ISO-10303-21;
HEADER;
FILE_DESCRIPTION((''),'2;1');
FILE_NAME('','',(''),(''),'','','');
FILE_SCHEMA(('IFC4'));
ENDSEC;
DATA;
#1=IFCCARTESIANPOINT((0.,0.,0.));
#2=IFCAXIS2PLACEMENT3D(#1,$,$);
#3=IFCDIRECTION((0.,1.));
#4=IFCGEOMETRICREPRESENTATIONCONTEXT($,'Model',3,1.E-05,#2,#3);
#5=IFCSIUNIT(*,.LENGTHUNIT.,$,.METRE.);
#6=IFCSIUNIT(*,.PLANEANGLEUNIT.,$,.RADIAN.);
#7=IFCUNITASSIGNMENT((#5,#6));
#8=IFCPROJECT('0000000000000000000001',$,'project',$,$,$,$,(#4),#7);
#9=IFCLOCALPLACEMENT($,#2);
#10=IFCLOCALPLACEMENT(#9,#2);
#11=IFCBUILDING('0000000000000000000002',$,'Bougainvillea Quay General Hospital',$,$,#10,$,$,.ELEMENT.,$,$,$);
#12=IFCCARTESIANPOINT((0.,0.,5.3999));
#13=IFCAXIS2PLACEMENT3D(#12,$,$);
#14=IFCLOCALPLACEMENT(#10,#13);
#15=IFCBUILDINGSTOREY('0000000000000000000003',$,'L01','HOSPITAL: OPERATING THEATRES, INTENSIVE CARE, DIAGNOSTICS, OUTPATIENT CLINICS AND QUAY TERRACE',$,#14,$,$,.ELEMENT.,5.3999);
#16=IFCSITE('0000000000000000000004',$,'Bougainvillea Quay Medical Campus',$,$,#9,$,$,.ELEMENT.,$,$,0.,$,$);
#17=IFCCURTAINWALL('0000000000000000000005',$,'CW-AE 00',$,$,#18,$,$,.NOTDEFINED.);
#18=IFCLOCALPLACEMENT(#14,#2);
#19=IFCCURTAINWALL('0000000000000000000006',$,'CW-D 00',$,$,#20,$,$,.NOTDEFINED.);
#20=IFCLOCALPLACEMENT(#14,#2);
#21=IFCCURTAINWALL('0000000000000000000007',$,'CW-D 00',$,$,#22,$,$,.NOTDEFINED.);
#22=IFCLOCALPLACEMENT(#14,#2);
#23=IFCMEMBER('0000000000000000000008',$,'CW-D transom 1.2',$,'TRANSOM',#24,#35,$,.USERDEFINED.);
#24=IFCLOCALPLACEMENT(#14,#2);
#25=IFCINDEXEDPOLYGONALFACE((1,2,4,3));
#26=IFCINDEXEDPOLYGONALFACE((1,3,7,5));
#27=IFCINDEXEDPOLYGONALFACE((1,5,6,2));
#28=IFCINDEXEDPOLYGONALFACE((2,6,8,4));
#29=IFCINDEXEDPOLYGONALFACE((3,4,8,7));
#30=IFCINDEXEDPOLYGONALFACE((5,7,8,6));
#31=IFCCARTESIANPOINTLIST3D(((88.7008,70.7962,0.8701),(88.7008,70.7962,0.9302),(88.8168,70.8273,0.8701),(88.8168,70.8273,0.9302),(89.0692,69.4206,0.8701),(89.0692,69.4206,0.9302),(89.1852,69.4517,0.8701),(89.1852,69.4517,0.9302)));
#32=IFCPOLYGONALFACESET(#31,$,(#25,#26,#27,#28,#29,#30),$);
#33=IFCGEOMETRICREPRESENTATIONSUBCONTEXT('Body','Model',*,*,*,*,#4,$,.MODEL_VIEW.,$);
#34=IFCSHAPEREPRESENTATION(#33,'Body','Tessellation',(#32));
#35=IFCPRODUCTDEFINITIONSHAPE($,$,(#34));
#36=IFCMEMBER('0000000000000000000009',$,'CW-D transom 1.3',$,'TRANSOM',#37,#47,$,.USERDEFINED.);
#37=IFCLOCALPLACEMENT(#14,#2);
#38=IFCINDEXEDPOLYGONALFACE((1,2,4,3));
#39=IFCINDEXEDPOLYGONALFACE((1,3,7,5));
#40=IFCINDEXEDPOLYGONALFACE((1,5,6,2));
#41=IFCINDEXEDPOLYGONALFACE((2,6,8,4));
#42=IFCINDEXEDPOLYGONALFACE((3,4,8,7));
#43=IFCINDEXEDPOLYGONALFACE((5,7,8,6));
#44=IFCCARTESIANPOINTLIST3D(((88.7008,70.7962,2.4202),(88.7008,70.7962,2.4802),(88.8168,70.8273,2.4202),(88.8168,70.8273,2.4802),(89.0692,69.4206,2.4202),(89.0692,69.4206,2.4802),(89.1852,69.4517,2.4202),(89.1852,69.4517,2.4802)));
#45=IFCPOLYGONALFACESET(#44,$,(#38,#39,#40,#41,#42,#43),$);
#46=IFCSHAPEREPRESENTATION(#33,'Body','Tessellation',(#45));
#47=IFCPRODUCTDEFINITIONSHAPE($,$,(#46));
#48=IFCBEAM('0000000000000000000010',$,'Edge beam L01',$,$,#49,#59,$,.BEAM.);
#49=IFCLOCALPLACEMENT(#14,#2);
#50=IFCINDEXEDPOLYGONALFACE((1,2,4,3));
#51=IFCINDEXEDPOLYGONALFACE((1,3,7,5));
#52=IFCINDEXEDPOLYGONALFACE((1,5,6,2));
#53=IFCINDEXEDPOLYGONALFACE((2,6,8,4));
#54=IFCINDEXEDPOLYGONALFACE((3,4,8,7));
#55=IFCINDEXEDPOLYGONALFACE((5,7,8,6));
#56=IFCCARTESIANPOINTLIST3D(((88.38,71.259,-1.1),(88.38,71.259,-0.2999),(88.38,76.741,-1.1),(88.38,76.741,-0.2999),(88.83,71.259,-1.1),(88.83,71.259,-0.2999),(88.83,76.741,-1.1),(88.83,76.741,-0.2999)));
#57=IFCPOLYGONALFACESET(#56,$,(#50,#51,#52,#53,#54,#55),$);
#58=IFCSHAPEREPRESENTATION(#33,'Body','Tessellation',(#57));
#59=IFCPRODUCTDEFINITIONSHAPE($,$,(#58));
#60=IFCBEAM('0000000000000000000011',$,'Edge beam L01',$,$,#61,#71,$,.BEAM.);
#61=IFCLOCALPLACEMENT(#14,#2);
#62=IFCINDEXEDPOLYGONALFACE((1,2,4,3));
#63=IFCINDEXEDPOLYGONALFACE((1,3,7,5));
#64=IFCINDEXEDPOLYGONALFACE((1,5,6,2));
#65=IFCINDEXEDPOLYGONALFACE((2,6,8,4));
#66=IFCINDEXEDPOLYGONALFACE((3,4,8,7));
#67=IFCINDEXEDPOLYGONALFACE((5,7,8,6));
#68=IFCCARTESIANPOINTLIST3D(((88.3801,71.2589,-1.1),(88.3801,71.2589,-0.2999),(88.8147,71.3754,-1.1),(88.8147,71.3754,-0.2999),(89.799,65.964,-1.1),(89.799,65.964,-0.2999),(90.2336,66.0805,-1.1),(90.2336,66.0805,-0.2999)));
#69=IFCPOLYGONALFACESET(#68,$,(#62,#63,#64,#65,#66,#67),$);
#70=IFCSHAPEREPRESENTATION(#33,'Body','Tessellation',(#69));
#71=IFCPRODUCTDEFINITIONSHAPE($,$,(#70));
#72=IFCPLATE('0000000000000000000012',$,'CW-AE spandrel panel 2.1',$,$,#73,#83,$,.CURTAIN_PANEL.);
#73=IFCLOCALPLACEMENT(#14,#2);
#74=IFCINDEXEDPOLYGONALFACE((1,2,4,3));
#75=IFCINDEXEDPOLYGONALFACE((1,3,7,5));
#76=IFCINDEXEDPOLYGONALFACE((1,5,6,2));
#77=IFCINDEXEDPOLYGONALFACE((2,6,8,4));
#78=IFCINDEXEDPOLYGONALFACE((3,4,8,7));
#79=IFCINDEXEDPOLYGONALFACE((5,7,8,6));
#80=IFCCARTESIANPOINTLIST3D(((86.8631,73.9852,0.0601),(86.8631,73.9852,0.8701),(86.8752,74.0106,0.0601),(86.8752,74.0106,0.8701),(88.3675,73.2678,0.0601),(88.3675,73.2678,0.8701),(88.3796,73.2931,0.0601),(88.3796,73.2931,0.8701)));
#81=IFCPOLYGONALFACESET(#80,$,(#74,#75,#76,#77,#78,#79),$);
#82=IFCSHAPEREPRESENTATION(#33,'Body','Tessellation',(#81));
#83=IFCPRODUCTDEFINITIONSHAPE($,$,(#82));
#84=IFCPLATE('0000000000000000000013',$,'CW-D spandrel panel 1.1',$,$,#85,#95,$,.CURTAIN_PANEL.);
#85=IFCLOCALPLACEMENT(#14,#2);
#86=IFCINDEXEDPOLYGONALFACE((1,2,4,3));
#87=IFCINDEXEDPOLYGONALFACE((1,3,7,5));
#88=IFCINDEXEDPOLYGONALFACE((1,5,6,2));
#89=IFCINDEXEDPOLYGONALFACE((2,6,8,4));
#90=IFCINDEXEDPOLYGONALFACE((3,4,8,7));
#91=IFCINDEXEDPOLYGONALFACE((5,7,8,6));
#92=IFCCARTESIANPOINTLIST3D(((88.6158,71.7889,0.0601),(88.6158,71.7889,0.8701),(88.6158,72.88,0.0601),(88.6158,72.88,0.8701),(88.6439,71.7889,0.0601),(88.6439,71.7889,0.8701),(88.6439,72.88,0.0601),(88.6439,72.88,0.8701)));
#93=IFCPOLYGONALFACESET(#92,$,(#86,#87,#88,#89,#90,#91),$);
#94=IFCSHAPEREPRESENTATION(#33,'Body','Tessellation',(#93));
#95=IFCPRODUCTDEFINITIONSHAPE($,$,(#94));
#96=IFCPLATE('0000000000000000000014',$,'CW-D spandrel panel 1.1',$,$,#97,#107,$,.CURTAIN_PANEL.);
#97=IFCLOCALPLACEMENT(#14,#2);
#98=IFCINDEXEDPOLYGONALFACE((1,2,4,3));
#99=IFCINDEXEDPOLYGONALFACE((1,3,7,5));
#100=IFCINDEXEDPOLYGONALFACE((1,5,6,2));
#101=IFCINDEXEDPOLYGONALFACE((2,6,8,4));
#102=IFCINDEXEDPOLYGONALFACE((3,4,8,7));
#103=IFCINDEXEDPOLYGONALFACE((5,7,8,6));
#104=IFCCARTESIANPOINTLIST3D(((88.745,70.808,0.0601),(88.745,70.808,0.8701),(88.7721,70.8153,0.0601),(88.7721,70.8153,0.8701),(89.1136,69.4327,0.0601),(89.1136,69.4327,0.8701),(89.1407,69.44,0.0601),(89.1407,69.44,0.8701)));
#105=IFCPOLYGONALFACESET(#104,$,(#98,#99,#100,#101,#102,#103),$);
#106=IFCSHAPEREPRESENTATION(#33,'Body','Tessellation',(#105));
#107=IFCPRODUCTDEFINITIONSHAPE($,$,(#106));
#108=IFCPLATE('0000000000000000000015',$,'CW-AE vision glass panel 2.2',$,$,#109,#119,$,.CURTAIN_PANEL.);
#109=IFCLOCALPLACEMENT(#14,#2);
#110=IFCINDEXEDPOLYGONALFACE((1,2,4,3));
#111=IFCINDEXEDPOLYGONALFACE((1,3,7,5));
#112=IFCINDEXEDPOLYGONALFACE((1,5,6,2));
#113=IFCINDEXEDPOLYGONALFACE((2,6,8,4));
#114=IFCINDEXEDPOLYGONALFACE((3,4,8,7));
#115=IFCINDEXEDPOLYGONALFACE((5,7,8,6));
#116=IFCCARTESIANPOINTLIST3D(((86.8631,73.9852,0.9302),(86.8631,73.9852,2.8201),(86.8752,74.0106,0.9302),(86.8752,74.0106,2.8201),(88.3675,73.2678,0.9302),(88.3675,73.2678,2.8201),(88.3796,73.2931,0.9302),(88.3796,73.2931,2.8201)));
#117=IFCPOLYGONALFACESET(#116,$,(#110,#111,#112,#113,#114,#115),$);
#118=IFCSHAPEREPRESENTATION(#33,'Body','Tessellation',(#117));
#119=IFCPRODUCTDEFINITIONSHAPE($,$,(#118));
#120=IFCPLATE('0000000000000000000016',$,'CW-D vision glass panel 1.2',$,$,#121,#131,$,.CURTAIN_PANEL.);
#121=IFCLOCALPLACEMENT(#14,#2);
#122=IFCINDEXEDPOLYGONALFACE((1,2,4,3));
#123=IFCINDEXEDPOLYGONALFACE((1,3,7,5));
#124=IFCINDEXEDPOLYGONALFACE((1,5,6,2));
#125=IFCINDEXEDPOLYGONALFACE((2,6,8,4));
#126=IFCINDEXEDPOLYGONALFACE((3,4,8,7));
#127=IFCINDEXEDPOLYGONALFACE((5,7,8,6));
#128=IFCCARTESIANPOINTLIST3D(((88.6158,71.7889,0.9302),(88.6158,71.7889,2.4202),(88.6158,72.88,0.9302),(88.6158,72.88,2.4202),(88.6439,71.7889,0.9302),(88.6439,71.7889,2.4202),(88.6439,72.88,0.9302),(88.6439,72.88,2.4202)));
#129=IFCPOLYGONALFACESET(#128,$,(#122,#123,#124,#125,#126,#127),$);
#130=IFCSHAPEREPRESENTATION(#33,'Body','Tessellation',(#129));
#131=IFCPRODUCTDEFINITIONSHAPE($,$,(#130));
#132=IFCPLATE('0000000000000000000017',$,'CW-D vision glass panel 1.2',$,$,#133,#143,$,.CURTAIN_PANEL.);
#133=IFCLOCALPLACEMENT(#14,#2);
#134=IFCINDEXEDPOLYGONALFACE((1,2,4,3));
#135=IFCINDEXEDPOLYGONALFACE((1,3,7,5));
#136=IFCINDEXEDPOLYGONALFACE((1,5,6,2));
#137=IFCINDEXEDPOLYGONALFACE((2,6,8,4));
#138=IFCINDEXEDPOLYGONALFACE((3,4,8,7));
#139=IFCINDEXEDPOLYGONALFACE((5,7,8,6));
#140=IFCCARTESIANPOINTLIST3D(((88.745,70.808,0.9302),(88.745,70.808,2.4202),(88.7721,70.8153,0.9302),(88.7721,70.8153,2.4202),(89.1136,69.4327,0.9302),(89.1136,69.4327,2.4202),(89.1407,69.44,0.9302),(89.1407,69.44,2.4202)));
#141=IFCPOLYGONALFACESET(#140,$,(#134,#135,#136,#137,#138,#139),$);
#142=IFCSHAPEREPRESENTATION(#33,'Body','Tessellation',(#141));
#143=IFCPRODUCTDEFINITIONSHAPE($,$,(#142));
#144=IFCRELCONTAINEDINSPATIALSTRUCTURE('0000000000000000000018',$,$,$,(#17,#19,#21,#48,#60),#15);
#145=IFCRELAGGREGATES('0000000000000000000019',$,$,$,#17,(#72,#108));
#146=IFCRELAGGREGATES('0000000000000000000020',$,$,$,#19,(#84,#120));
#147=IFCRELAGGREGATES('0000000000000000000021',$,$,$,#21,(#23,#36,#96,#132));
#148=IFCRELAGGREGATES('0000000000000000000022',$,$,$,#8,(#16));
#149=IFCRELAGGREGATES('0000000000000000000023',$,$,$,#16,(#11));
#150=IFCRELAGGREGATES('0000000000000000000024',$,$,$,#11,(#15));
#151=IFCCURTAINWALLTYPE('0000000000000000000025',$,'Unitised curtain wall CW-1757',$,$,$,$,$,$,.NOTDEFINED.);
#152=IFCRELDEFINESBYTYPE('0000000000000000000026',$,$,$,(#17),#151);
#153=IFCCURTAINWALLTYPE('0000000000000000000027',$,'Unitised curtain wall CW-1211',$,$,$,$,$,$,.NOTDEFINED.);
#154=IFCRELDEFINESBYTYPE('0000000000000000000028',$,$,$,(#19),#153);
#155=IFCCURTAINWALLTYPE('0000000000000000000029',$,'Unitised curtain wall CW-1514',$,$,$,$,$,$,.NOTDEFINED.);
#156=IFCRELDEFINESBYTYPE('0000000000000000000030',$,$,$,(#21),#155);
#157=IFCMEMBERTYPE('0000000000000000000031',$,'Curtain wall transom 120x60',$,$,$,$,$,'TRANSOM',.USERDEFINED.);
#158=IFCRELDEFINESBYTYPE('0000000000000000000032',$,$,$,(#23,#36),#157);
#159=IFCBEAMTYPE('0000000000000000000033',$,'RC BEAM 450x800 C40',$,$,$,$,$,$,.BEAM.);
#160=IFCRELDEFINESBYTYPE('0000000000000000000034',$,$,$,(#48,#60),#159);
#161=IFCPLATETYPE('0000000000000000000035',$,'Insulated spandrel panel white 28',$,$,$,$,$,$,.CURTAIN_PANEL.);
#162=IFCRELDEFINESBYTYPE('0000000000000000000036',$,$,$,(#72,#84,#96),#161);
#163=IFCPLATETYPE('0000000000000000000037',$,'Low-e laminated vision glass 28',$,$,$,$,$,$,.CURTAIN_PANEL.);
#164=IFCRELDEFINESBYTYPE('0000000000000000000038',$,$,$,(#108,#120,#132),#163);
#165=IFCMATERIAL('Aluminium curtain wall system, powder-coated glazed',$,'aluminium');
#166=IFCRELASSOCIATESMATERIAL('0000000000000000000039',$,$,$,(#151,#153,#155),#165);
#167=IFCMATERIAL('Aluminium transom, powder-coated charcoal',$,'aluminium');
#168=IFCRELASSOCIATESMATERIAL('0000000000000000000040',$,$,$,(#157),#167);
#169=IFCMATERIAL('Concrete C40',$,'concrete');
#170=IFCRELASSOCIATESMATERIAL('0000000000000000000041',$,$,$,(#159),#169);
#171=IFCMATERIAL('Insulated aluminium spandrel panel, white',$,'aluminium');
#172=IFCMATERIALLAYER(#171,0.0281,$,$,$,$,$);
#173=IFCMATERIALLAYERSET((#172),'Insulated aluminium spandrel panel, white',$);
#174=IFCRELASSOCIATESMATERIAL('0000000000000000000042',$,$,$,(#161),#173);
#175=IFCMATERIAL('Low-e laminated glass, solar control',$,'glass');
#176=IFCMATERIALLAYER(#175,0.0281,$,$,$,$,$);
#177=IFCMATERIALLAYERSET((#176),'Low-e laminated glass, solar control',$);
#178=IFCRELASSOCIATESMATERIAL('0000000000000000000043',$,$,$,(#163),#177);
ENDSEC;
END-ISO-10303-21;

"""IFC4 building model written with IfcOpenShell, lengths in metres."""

from ifc_helpers import new_model, si_unit, direction, frame, origin, origin_2d, place, context, subcontext, project, spatial, rectangle, extrude, material, layer, layer_set, material_profile, profile_set, type_object, element, aggregate, save


model = new_model("IFC4")

# Units and contexts
model_context = context("Model", 3, precision=1e-05, world=origin(), true_north=direction((0.0, 1.0)))
body_context = subcontext(model_context, "Body", "Model", "MODEL_VIEW")
ifc_project = project(units=[si_unit("LENGTHUNIT", "METRE"), si_unit("PLANEANGLEUNIT", "RADIAN")], contexts=[model_context])

# Site, building, storey
site_placement = place(None, origin())
site = spatial("IfcSite", under=ifc_project, at=site_placement, Name="Bougainvillea Quay Medical Campus", CompositionType="ELEMENT", RefElevation=0.0)
building_placement = place(site_placement, origin())
building = spatial("IfcBuilding", under=site, at=building_placement, Name="Bougainvillea Quay General Hospital", CompositionType="ELEMENT")
storey_placement = place(building_placement, frame((0.0, 0.0, 5.3999)))
storey = spatial("IfcBuildingStorey", under=building, at=storey_placement, Name="L01", Description="HOSPITAL: OPERATING THEATRES, INTENSIVE CARE, DIAGNOSTICS, OUTPATIENT CLINICS AND QUAY TERRACE", CompositionType="ELEMENT", Elevation=5.3999)

# Curtain wall
ifc_material_1 = material(Name="Aluminium curtain wall system, powder-coated glazed", Category="aluminium")
curtain_wall_type_1 = type_object("IfcCurtainWallType", Name="Unitised curtain wall CW-1757", PredefinedType="NOTDEFINED", material=ifc_material_1)
curtain_wall_1_placement = place(storey_placement, origin())
curtain_wall_1 = element("IfcCurtainWall", 1, at=curtain_wall_1_placement, inside=storey, type_object=curtain_wall_type_1, Name="CW-AE 00", PredefinedType="NOTDEFINED")

# Curtain wall
curtain_wall_type_2 = type_object("IfcCurtainWallType", Name="Unitised curtain wall CW-1211", PredefinedType="NOTDEFINED", material=ifc_material_1)
curtain_wall_2_placement = place(storey_placement, origin())
curtain_wall_2 = element("IfcCurtainWall", 2, at=curtain_wall_2_placement, inside=storey, type_object=curtain_wall_type_2, Name="CW-D 00", PredefinedType="NOTDEFINED")

# Curtain wall
curtain_wall_type_3 = type_object("IfcCurtainWallType", Name="Unitised curtain wall CW-1514", PredefinedType="NOTDEFINED", material=ifc_material_1)
curtain_wall_3_placement = place(storey_placement, origin())
curtain_wall_3 = element("IfcCurtainWall", 3, at=curtain_wall_3_placement, inside=storey, type_object=curtain_wall_type_3, Name="CW-D 00", PredefinedType="NOTDEFINED")

# Members
ifc_material_2 = material(Name="Aluminium transom, powder-coated charcoal", Category="aluminium")
ifc_material_profile_1 = material_profile(ifc_material_2, rectangle(XDim=0.1201, YDim=0.0601, at=origin_2d()))
ifc_profile_set_1 = profile_set([ifc_material_profile_1], Name="Aluminium transom, powder-coated charcoal")
member_type_1 = type_object("IfcMemberType", Name="Curtain wall transom 120x60", ElementType="TRANSOM", PredefinedType="USERDEFINED", material=ifc_profile_set_1)
member_1_placement = place(storey_placement, frame((88.7588, 70.8118, 0.9001), z_axis=(0.258719, -0.965953, 0.0), x_axis=(0.965953, 0.258719, 0.0)))
member_1 = element("IfcMember", 4, at=member_1_placement, type_object=member_type_1, Name="CW-D transom 1.2", ObjectType="TRANSOM", PredefinedType="USERDEFINED", context=body_context, shape_type="SweptSolid", body=[
    extrude(rectangle(XDim=0.1201, YDim=0.0601, at=origin_2d()), origin(), (0.0, 0.0, 1.0), 1.4241),
])
member_2_placement = place(storey_placement, frame((88.7588, 70.8118, 2.4502), z_axis=(0.258719, -0.965953, 0.0), x_axis=(0.965953, 0.258719, 0.0)))
member_2 = element("IfcMember", 5, at=member_2_placement, type_object=member_type_1, Name="CW-D transom 1.3", ObjectType="TRANSOM", PredefinedType="USERDEFINED", context=body_context, shape_type="SweptSolid", body=[
    extrude(rectangle(XDim=0.1201, YDim=0.0601, at=origin_2d()), origin(), (0.0, 0.0, 1.0), 1.4241),
])

# Beams
ifc_material_3 = material(Name="Concrete C40", Category="concrete")
ifc_material_profile_2 = material_profile(ifc_material_3, rectangle(XDim=0.45, YDim=0.8, at=origin_2d()))
ifc_profile_set_2 = profile_set([ifc_material_profile_2], Name="Concrete C40")
beam_type = type_object("IfcBeamType", Name="RC BEAM 450x800 C40", PredefinedType="BEAM", material=ifc_profile_set_2)
beam_1_placement = place(storey_placement, frame((88.605, 76.741, -0.7), z_axis=(0.0, -1.0, 0.0), x_axis=(1.0, 0.0, 0.0)))
element("IfcBeam", 6, at=beam_1_placement, inside=storey, type_object=beam_type, Name="Edge beam L01", PredefinedType="BEAM", context=body_context, shape_type="SweptSolid", body=[
    extrude(rectangle(XDim=0.45, YDim=0.8, at=origin_2d()), origin(), (0.0, 0.0, 1.0), 5.4819),
])
beam_2_placement = place(storey_placement, frame((88.5974, 71.3171, -0.7), z_axis=(0.258849, -0.965918, 0.0), x_axis=(0.965918, 0.258849, 0.0)))
element("IfcBeam", 7, at=beam_2_placement, inside=storey, type_object=beam_type, Name="Edge beam L01", PredefinedType="BEAM", context=body_context, shape_type="SweptSolid", body=[
    extrude(rectangle(XDim=0.45, YDim=0.8, at=origin_2d()), origin(), (0.0, 0.0, 1.0), 5.4817),
])

# Plates
ifc_material_4 = material(Name="Insulated aluminium spandrel panel, white", Category="aluminium")
ifc_layer_1 = layer(ifc_material_4, 0.0281)
ifc_layer_set_1 = layer_set([ifc_layer_1], Name="Insulated aluminium spandrel panel, white")
plate_type_1 = type_object("IfcPlateType", Name="Insulated spandrel panel white 28", PredefinedType="CURTAIN_PANEL", material=ifc_layer_set_1)
plate_1_placement = place(storey_placement, frame((87.6213, 73.6392, 0.0601), z_axis=(0.0, 0.0, 1.0), x_axis=(0.902608, -0.430463, 0.0)))
plate_1 = element("IfcPlate", 8, at=plate_1_placement, type_object=plate_type_1, Name="CW-AE spandrel panel 2.1", PredefinedType="CURTAIN_PANEL", context=body_context, shape_type="SweptSolid", body=[
    extrude(rectangle(XDim=1.6667, YDim=0.0281, at=origin_2d()), origin(), (0.0, 0.0, 1.0), 0.8101),
])
plate_2_placement = place(storey_placement, frame((88.6299, 72.3345, 0.0601), z_axis=(0.0, 0.0, 1.0), x_axis=(0.0, -1.0, 0.0)))
plate_2 = element("IfcPlate", 9, at=plate_2_placement, type_object=plate_type_1, Name="CW-D spandrel panel 1.1", PredefinedType="CURTAIN_PANEL", context=body_context, shape_type="SweptSolid", body=[
    extrude(rectangle(XDim=1.0911, YDim=0.0281, at=origin_2d()), origin(), (0.0, 0.0, 1.0), 0.8101),
])
plate_3_placement = place(storey_placement, frame((88.9429, 70.124, 0.0601), z_axis=(0.0, 0.0, 1.0), x_axis=(0.258855, -0.965916, 0.0)))
plate_3 = element("IfcPlate", 10, at=plate_3_placement, type_object=plate_type_1, Name="CW-D spandrel panel 1.1", PredefinedType="CURTAIN_PANEL", context=body_context, shape_type="SweptSolid", body=[
    extrude(rectangle(XDim=1.4238, YDim=0.0281, at=origin_2d()), origin(), (0.0, 0.0, 1.0), 0.8101),
])
ifc_material_5 = material(Name="Low-e laminated glass, solar control", Category="glass")
ifc_layer_2 = layer(ifc_material_5, 0.0281)
ifc_layer_set_2 = layer_set([ifc_layer_2], Name="Low-e laminated glass, solar control")
plate_type_2 = type_object("IfcPlateType", Name="Low-e laminated vision glass 28", PredefinedType="CURTAIN_PANEL", material=ifc_layer_set_2)
plate_4_placement = place(storey_placement, frame((87.6213, 73.6392, 0.9302), z_axis=(0.0, 0.0, 1.0), x_axis=(0.902608, -0.430463, 0.0)))
plate_4 = element("IfcPlate", 11, at=plate_4_placement, type_object=plate_type_2, Name="CW-AE vision glass panel 2.2", PredefinedType="CURTAIN_PANEL", context=body_context, shape_type="SweptSolid", body=[
    extrude(rectangle(XDim=1.6667, YDim=0.0281, at=origin_2d()), origin(), (0.0, 0.0, 1.0), 1.8899),
])
aggregate(curtain_wall_1, [plate_1, plate_4])
plate_5_placement = place(storey_placement, frame((88.6299, 72.3345, 0.9302), z_axis=(0.0, 0.0, 1.0), x_axis=(0.0, -1.0, 0.0)))
plate_5 = element("IfcPlate", 12, at=plate_5_placement, type_object=plate_type_2, Name="CW-D vision glass panel 1.2", PredefinedType="CURTAIN_PANEL", context=body_context, shape_type="SweptSolid", body=[
    extrude(rectangle(XDim=1.0911, YDim=0.0281, at=origin_2d()), origin(), (0.0, 0.0, 1.0), 1.49),
])
aggregate(curtain_wall_2, [plate_2, plate_5])
plate_6_placement = place(storey_placement, frame((88.9429, 70.124, 0.9302), z_axis=(0.0, 0.0, 1.0), x_axis=(0.258855, -0.965916, 0.0)))
plate_6 = element("IfcPlate", 13, at=plate_6_placement, type_object=plate_type_2, Name="CW-D vision glass panel 1.2", PredefinedType="CURTAIN_PANEL", context=body_context, shape_type="SweptSolid", body=[
    extrude(rectangle(XDim=1.4238, YDim=0.0281, at=origin_2d()), origin(), (0.0, 0.0, 1.0), 1.49),
])
aggregate(curtain_wall_3, [member_1, member_2, plate_3, plate_6])

save(model, "model.ifc")
